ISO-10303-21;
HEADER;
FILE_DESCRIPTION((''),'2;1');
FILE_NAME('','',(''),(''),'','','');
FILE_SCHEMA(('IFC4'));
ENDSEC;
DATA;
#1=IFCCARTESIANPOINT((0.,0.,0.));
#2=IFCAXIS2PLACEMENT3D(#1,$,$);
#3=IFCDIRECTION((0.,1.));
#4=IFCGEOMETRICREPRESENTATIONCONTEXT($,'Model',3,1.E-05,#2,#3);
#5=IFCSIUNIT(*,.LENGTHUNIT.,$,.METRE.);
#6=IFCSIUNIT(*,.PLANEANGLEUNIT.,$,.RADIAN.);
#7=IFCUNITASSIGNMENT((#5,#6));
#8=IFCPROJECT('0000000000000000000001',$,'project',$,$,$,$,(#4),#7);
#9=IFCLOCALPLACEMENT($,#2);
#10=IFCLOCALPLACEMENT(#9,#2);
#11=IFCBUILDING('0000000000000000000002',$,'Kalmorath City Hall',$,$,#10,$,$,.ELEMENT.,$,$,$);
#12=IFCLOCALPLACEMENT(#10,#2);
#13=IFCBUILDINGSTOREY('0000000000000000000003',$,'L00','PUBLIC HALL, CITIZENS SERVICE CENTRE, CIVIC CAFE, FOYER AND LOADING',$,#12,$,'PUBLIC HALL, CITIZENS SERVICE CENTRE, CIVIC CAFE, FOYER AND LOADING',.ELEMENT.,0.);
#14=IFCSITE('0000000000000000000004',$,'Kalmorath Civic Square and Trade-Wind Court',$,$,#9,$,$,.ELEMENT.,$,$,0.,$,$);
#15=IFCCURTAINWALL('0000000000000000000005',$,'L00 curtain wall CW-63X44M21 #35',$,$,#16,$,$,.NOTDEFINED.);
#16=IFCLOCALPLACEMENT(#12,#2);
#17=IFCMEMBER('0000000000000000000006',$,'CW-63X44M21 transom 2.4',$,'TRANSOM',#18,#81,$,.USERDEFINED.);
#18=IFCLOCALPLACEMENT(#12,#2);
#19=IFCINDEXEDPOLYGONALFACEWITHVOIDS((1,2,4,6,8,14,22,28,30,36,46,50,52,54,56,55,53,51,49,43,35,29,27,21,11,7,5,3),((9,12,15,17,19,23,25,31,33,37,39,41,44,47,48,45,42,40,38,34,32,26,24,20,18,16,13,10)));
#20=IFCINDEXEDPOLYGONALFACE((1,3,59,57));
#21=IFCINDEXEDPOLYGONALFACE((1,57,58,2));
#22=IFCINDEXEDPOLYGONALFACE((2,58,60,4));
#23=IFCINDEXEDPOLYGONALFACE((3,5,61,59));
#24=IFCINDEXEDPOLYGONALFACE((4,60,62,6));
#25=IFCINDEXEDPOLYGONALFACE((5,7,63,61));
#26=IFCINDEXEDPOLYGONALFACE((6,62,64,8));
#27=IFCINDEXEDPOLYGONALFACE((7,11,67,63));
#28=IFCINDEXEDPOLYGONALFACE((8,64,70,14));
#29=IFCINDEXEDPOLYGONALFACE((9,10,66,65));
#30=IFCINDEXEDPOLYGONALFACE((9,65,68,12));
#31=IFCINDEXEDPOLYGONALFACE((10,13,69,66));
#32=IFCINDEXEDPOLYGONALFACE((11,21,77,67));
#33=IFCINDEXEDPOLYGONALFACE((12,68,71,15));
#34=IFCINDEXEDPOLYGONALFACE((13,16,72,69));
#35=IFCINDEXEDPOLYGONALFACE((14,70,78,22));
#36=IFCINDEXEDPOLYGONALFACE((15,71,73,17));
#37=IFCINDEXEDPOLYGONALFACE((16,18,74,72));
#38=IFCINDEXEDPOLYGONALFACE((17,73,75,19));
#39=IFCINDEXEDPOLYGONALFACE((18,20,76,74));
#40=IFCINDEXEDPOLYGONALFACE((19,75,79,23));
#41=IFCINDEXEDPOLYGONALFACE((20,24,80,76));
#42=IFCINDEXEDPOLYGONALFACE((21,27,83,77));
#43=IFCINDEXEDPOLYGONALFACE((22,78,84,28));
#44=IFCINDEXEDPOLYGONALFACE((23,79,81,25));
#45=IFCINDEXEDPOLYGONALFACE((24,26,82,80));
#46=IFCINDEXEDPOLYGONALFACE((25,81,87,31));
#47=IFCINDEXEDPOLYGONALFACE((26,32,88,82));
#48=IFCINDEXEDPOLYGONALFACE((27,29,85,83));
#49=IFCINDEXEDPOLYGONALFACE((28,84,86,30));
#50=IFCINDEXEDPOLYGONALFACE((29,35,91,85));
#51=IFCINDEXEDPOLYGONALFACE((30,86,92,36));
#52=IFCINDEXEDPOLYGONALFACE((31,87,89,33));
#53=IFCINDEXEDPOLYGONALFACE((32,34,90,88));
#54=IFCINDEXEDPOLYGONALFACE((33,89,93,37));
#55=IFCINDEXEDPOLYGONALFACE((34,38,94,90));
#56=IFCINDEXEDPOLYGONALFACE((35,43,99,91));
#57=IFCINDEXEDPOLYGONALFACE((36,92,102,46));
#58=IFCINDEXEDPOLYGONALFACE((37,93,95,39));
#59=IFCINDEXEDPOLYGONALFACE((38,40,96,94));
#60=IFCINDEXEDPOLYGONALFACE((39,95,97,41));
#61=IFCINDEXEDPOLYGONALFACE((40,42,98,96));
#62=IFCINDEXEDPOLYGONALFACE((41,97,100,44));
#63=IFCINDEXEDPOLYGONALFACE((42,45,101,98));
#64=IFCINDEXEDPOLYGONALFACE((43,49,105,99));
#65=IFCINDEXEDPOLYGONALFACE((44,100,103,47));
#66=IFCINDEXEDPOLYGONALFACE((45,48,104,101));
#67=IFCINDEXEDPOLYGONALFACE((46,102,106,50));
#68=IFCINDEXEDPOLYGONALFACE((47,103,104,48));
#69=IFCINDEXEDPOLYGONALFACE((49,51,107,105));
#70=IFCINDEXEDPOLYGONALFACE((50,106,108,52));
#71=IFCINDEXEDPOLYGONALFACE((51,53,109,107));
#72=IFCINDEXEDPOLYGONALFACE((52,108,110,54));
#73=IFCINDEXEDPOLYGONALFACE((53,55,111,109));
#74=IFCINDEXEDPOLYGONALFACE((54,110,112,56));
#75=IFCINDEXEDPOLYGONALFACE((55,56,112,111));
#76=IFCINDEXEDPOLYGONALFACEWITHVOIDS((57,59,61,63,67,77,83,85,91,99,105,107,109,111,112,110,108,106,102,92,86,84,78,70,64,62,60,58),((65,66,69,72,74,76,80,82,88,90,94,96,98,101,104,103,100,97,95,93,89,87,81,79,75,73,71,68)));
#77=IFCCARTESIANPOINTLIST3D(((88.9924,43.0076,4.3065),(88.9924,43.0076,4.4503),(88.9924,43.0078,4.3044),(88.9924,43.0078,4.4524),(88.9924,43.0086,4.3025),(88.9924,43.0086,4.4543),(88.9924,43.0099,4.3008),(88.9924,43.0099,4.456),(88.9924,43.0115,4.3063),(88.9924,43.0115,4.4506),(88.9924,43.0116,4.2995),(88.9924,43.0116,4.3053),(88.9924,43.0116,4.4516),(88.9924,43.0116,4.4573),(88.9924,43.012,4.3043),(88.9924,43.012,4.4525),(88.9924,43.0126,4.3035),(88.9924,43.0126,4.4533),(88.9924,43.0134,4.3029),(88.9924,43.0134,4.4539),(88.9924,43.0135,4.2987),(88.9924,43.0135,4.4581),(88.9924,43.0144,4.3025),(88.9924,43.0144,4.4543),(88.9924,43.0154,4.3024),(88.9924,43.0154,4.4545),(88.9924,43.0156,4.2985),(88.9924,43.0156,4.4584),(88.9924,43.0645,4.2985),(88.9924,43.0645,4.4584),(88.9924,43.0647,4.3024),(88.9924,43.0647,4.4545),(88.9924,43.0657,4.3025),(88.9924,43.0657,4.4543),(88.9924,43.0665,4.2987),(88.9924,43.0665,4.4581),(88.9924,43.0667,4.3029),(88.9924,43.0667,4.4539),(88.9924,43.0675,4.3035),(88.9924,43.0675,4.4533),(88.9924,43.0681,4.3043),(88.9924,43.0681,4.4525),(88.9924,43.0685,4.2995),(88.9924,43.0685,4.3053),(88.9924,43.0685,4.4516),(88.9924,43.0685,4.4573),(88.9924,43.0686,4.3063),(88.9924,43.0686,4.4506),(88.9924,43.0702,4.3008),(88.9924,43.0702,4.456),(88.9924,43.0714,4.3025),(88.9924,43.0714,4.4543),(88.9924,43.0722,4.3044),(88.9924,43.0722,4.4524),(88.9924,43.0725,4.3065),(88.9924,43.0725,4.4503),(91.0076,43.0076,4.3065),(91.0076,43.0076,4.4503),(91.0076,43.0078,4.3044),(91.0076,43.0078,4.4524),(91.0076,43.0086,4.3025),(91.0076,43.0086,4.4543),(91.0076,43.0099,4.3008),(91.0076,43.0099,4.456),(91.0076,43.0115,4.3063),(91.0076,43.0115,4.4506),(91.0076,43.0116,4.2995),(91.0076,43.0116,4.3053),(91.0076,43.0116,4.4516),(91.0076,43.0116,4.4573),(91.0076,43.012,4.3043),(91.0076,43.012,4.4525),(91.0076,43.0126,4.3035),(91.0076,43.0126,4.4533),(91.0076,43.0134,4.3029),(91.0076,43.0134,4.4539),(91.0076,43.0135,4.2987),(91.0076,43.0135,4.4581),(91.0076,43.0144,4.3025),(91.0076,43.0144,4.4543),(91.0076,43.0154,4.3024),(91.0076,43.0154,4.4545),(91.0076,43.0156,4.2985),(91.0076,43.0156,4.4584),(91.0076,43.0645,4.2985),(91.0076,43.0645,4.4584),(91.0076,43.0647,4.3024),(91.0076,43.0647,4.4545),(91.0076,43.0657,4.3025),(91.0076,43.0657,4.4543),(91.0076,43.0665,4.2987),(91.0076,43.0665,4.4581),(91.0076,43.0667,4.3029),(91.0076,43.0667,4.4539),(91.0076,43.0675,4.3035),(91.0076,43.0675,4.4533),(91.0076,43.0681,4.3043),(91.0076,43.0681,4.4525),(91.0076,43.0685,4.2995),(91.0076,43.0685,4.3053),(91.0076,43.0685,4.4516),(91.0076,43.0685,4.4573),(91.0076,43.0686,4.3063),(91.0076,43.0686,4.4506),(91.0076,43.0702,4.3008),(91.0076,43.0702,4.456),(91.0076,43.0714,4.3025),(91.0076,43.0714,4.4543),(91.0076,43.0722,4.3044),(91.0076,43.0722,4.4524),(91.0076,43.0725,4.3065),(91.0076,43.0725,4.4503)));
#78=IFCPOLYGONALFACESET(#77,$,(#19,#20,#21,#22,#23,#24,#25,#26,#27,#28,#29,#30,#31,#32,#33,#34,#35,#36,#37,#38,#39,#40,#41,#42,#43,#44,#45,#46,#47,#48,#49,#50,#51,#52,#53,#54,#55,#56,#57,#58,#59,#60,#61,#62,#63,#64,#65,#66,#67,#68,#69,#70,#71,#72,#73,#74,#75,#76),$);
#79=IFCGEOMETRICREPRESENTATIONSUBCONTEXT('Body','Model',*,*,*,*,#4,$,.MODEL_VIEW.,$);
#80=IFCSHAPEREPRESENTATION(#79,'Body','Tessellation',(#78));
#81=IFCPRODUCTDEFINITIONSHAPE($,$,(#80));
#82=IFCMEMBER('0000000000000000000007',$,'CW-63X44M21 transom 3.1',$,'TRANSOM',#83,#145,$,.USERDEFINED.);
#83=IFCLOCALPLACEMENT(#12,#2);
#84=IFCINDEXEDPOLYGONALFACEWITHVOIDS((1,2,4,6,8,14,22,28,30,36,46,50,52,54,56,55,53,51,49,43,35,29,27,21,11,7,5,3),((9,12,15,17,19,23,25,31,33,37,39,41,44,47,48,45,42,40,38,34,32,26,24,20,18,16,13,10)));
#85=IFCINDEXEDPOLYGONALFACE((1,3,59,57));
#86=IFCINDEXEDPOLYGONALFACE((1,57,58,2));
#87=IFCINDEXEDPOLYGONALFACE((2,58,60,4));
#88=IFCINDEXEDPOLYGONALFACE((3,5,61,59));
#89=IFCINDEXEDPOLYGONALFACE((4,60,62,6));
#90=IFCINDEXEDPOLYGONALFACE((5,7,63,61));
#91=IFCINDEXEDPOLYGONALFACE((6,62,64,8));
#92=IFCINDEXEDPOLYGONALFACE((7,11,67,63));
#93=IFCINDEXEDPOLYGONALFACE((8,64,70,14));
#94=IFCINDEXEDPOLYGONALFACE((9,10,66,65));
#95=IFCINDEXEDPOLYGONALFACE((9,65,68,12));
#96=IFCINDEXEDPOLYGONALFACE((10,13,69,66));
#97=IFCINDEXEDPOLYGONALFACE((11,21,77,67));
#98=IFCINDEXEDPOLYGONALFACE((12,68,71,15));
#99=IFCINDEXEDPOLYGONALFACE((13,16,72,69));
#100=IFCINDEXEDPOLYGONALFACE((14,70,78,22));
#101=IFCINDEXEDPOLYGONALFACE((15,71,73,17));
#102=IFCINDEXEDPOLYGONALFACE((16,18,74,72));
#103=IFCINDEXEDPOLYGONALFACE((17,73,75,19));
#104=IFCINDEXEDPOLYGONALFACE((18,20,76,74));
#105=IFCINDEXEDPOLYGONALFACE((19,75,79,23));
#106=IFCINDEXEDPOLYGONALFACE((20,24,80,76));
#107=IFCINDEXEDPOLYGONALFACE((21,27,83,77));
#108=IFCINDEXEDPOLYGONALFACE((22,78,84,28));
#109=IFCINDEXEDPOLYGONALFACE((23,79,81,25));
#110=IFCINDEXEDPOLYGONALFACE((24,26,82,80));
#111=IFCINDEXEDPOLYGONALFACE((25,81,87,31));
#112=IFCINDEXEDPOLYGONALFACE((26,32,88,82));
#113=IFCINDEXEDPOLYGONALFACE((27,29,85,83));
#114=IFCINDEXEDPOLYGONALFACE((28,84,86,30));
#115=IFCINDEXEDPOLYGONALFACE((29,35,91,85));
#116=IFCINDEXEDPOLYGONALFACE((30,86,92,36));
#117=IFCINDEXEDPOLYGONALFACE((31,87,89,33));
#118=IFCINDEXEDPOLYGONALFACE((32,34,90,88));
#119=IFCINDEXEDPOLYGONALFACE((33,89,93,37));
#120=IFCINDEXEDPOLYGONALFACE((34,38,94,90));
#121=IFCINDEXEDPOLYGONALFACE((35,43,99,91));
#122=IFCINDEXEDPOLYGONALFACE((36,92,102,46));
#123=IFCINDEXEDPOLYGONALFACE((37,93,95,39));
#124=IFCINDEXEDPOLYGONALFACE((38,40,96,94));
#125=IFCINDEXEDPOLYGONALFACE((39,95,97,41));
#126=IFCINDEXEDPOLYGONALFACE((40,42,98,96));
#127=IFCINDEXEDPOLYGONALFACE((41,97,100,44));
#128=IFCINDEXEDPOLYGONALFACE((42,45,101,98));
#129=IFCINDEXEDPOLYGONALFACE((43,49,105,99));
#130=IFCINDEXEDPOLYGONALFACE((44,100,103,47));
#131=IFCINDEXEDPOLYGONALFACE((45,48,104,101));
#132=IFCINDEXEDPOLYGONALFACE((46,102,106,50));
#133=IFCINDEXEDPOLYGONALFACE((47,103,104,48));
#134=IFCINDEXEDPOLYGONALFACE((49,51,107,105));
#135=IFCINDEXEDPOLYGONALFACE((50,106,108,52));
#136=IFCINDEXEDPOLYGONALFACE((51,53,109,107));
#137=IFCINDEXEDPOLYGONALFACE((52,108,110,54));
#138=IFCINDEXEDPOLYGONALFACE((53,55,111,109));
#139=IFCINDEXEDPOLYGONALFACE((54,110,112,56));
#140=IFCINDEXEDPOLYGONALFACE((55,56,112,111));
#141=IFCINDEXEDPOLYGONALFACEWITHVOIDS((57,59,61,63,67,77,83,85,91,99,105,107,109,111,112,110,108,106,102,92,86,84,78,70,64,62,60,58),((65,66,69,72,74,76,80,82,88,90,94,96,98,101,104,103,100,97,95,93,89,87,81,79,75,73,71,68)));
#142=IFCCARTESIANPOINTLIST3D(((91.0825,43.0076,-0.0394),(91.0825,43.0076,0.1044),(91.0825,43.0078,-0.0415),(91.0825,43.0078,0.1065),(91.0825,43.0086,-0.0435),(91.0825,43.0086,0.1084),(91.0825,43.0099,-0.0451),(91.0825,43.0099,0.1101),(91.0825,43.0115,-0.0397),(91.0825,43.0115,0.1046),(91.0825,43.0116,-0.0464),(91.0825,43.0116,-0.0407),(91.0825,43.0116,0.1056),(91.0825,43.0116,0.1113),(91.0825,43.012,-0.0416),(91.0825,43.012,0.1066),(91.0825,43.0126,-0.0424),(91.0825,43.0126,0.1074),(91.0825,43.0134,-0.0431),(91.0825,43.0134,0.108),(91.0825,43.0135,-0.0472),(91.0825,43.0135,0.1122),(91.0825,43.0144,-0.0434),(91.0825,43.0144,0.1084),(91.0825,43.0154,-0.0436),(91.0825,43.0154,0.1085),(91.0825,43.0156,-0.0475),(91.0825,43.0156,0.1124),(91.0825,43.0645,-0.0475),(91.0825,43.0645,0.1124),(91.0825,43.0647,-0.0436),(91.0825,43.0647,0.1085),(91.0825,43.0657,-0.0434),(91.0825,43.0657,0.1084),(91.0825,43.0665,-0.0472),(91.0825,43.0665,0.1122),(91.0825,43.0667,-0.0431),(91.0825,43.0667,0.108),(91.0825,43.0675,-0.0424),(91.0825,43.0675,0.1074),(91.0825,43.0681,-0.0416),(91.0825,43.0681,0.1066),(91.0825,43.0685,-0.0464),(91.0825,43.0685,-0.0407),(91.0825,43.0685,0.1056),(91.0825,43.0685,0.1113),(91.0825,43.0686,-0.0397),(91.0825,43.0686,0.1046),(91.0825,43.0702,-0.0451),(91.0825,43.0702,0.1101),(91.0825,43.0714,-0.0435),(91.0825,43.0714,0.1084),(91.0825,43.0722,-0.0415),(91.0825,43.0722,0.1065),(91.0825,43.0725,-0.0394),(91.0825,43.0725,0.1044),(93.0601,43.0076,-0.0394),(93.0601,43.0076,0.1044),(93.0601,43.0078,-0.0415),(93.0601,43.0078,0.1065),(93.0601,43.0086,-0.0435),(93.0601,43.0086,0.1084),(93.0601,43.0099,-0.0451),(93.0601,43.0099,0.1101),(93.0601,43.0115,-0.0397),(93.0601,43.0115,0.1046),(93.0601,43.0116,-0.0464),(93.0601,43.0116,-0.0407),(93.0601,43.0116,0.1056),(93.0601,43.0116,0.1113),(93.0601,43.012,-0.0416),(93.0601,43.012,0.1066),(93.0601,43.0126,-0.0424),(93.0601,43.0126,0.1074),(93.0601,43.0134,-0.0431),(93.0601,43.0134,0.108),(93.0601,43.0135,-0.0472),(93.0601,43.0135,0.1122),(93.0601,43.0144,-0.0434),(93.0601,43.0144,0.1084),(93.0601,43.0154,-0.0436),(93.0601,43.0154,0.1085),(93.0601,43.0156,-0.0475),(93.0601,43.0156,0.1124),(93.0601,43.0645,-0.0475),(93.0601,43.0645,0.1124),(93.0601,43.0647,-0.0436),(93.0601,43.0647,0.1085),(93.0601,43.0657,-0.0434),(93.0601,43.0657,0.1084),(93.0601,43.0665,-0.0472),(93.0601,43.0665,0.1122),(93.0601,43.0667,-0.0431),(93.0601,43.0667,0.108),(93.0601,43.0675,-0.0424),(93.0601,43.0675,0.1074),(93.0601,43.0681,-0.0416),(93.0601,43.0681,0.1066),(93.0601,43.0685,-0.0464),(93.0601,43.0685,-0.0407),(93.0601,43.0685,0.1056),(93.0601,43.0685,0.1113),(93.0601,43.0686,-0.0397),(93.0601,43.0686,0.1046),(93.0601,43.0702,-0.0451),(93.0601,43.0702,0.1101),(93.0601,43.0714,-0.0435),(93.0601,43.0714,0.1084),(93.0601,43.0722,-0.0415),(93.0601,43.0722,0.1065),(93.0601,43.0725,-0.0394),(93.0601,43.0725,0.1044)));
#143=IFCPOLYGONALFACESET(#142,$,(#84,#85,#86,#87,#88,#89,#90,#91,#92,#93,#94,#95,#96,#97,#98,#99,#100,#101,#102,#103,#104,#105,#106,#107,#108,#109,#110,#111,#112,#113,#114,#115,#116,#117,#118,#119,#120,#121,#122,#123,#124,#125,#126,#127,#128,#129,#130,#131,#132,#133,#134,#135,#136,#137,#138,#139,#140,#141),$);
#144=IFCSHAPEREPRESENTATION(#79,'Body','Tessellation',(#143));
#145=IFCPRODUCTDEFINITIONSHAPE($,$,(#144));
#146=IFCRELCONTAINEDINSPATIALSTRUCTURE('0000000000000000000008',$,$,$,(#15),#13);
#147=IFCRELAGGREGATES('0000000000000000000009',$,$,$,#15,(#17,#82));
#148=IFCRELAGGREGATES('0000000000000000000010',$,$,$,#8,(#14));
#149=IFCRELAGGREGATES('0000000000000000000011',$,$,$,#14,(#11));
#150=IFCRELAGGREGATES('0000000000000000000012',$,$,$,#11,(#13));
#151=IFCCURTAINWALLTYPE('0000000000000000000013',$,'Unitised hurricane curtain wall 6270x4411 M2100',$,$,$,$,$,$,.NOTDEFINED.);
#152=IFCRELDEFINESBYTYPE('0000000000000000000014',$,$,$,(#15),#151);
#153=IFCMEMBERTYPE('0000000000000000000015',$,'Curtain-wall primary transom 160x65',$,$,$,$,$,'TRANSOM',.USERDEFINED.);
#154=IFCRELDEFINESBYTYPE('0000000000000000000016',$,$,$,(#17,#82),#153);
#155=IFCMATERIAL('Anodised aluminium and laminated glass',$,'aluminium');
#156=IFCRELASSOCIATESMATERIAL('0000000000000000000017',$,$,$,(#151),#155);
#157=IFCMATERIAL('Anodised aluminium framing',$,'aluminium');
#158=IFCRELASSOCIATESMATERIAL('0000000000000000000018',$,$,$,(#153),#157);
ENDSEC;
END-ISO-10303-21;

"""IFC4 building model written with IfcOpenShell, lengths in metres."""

from ifc_helpers import new_model, si_unit, direction, frame, origin, origin_2d, place, context, subcontext, project, spatial, hollow_rectangle, extrude, material, material_profile, profile_set, type_object, element, aggregate, save


model = new_model("IFC4")

# Units and contexts
model_context = context("Model", 3, precision=1e-05, world=origin(), true_north=direction((0.0, 1.0)))
body_context = subcontext(model_context, "Body", "Model", "MODEL_VIEW")
ifc_project = project(units=[si_unit("LENGTHUNIT", "METRE"), si_unit("PLANEANGLEUNIT", "RADIAN")], contexts=[model_context])

# Site, building, storey
site_placement = place(None, origin())
site = spatial("IfcSite", under=ifc_project, at=site_placement, Name="Kalmorath Civic Square and Trade-Wind Court", CompositionType="ELEMENT", RefElevation=0.0)
building_placement = place(site_placement, origin())
building = spatial("IfcBuilding", under=site, at=building_placement, Name="Kalmorath City Hall", CompositionType="ELEMENT")
storey_placement = place(building_placement, origin())
storey = spatial("IfcBuildingStorey", under=building, at=storey_placement, Name="L00", Description="PUBLIC HALL, CITIZENS SERVICE CENTRE, CIVIC CAFE, FOYER AND LOADING", LongName="PUBLIC HALL, CITIZENS SERVICE CENTRE, CIVIC CAFE, FOYER AND LOADING", CompositionType="ELEMENT", Elevation=0.0)

# Curtain wall
ifc_material_1 = material(Name="Anodised aluminium and laminated glass", Category="aluminium")
curtain_wall_type_1 = type_object("IfcCurtainWallType", Name="Unitised hurricane curtain wall 6270x4411 M2100", PredefinedType="NOTDEFINED", material=ifc_material_1)
curtain_wall_1_placement = place(storey_placement, origin())
curtain_wall_1 = element("IfcCurtainWall", 1, at=curtain_wall_1_placement, inside=storey, type_object=curtain_wall_type_1, Name="L00 curtain wall CW-63X44M21 #35", PredefinedType="NOTDEFINED")

# Members
ifc_material_2 = material(Name="Anodised aluminium framing", Category="aluminium")
ifc_material_profile_1 = material_profile(ifc_material_2, hollow_rectangle(XDim=0.0649, YDim=0.1599, WallThickness=0.0039, InnerFilletRadius=0.0039, OuterFilletRadius=0.0081, at=origin_2d()), Name="ALU-TRN-160X65X4")
ifc_profile_set_1 = profile_set([ifc_material_profile_1], Name="Anodised aluminium framing")
member_type_1 = type_object("IfcMemberType", Name="Curtain-wall primary transom 160x65", ElementType="TRANSOM", PredefinedType="USERDEFINED", material=ifc_profile_set_1)
member_1_placement = place(storey_placement, frame((88.9924, 43.04, 4.3784), z_axis=(1.0, 0.0, 0.0), x_axis=(0.0, 1.0, 0.0)))
member_1 = element("IfcMember", 2, at=member_1_placement, type_object=member_type_1, Name="CW-63X44M21 transom 2.4", ObjectType="TRANSOM", PredefinedType="USERDEFINED", context=body_context, shape_type="SweptSolid", body=[
    extrude(hollow_rectangle(XDim=0.0649, YDim=0.1599, WallThickness=0.0039, InnerFilletRadius=0.0039, OuterFilletRadius=0.0081, at=origin_2d()), origin(), (0.0, 0.0, 1.0), 2.0151),
])
member_2_placement = place(storey_placement, frame((91.0825, 43.04, 0.0325), z_axis=(1.0, 0.0, 0.0), x_axis=(0.0, 1.0, 0.0)))
member_2 = element("IfcMember", 3, at=member_2_placement, type_object=member_type_1, Name="CW-63X44M21 transom 3.1", ObjectType="TRANSOM", PredefinedType="USERDEFINED", context=body_context, shape_type="SweptSolid", body=[
    extrude(hollow_rectangle(XDim=0.0649, YDim=0.1599, WallThickness=0.0039, InnerFilletRadius=0.0039, OuterFilletRadius=0.0081, at=origin_2d()), origin(), (0.0, 0.0, 1.0), 1.9775),
])

aggregate(curtain_wall_1, [member_1, member_2])

save(model, "model.ifc")
